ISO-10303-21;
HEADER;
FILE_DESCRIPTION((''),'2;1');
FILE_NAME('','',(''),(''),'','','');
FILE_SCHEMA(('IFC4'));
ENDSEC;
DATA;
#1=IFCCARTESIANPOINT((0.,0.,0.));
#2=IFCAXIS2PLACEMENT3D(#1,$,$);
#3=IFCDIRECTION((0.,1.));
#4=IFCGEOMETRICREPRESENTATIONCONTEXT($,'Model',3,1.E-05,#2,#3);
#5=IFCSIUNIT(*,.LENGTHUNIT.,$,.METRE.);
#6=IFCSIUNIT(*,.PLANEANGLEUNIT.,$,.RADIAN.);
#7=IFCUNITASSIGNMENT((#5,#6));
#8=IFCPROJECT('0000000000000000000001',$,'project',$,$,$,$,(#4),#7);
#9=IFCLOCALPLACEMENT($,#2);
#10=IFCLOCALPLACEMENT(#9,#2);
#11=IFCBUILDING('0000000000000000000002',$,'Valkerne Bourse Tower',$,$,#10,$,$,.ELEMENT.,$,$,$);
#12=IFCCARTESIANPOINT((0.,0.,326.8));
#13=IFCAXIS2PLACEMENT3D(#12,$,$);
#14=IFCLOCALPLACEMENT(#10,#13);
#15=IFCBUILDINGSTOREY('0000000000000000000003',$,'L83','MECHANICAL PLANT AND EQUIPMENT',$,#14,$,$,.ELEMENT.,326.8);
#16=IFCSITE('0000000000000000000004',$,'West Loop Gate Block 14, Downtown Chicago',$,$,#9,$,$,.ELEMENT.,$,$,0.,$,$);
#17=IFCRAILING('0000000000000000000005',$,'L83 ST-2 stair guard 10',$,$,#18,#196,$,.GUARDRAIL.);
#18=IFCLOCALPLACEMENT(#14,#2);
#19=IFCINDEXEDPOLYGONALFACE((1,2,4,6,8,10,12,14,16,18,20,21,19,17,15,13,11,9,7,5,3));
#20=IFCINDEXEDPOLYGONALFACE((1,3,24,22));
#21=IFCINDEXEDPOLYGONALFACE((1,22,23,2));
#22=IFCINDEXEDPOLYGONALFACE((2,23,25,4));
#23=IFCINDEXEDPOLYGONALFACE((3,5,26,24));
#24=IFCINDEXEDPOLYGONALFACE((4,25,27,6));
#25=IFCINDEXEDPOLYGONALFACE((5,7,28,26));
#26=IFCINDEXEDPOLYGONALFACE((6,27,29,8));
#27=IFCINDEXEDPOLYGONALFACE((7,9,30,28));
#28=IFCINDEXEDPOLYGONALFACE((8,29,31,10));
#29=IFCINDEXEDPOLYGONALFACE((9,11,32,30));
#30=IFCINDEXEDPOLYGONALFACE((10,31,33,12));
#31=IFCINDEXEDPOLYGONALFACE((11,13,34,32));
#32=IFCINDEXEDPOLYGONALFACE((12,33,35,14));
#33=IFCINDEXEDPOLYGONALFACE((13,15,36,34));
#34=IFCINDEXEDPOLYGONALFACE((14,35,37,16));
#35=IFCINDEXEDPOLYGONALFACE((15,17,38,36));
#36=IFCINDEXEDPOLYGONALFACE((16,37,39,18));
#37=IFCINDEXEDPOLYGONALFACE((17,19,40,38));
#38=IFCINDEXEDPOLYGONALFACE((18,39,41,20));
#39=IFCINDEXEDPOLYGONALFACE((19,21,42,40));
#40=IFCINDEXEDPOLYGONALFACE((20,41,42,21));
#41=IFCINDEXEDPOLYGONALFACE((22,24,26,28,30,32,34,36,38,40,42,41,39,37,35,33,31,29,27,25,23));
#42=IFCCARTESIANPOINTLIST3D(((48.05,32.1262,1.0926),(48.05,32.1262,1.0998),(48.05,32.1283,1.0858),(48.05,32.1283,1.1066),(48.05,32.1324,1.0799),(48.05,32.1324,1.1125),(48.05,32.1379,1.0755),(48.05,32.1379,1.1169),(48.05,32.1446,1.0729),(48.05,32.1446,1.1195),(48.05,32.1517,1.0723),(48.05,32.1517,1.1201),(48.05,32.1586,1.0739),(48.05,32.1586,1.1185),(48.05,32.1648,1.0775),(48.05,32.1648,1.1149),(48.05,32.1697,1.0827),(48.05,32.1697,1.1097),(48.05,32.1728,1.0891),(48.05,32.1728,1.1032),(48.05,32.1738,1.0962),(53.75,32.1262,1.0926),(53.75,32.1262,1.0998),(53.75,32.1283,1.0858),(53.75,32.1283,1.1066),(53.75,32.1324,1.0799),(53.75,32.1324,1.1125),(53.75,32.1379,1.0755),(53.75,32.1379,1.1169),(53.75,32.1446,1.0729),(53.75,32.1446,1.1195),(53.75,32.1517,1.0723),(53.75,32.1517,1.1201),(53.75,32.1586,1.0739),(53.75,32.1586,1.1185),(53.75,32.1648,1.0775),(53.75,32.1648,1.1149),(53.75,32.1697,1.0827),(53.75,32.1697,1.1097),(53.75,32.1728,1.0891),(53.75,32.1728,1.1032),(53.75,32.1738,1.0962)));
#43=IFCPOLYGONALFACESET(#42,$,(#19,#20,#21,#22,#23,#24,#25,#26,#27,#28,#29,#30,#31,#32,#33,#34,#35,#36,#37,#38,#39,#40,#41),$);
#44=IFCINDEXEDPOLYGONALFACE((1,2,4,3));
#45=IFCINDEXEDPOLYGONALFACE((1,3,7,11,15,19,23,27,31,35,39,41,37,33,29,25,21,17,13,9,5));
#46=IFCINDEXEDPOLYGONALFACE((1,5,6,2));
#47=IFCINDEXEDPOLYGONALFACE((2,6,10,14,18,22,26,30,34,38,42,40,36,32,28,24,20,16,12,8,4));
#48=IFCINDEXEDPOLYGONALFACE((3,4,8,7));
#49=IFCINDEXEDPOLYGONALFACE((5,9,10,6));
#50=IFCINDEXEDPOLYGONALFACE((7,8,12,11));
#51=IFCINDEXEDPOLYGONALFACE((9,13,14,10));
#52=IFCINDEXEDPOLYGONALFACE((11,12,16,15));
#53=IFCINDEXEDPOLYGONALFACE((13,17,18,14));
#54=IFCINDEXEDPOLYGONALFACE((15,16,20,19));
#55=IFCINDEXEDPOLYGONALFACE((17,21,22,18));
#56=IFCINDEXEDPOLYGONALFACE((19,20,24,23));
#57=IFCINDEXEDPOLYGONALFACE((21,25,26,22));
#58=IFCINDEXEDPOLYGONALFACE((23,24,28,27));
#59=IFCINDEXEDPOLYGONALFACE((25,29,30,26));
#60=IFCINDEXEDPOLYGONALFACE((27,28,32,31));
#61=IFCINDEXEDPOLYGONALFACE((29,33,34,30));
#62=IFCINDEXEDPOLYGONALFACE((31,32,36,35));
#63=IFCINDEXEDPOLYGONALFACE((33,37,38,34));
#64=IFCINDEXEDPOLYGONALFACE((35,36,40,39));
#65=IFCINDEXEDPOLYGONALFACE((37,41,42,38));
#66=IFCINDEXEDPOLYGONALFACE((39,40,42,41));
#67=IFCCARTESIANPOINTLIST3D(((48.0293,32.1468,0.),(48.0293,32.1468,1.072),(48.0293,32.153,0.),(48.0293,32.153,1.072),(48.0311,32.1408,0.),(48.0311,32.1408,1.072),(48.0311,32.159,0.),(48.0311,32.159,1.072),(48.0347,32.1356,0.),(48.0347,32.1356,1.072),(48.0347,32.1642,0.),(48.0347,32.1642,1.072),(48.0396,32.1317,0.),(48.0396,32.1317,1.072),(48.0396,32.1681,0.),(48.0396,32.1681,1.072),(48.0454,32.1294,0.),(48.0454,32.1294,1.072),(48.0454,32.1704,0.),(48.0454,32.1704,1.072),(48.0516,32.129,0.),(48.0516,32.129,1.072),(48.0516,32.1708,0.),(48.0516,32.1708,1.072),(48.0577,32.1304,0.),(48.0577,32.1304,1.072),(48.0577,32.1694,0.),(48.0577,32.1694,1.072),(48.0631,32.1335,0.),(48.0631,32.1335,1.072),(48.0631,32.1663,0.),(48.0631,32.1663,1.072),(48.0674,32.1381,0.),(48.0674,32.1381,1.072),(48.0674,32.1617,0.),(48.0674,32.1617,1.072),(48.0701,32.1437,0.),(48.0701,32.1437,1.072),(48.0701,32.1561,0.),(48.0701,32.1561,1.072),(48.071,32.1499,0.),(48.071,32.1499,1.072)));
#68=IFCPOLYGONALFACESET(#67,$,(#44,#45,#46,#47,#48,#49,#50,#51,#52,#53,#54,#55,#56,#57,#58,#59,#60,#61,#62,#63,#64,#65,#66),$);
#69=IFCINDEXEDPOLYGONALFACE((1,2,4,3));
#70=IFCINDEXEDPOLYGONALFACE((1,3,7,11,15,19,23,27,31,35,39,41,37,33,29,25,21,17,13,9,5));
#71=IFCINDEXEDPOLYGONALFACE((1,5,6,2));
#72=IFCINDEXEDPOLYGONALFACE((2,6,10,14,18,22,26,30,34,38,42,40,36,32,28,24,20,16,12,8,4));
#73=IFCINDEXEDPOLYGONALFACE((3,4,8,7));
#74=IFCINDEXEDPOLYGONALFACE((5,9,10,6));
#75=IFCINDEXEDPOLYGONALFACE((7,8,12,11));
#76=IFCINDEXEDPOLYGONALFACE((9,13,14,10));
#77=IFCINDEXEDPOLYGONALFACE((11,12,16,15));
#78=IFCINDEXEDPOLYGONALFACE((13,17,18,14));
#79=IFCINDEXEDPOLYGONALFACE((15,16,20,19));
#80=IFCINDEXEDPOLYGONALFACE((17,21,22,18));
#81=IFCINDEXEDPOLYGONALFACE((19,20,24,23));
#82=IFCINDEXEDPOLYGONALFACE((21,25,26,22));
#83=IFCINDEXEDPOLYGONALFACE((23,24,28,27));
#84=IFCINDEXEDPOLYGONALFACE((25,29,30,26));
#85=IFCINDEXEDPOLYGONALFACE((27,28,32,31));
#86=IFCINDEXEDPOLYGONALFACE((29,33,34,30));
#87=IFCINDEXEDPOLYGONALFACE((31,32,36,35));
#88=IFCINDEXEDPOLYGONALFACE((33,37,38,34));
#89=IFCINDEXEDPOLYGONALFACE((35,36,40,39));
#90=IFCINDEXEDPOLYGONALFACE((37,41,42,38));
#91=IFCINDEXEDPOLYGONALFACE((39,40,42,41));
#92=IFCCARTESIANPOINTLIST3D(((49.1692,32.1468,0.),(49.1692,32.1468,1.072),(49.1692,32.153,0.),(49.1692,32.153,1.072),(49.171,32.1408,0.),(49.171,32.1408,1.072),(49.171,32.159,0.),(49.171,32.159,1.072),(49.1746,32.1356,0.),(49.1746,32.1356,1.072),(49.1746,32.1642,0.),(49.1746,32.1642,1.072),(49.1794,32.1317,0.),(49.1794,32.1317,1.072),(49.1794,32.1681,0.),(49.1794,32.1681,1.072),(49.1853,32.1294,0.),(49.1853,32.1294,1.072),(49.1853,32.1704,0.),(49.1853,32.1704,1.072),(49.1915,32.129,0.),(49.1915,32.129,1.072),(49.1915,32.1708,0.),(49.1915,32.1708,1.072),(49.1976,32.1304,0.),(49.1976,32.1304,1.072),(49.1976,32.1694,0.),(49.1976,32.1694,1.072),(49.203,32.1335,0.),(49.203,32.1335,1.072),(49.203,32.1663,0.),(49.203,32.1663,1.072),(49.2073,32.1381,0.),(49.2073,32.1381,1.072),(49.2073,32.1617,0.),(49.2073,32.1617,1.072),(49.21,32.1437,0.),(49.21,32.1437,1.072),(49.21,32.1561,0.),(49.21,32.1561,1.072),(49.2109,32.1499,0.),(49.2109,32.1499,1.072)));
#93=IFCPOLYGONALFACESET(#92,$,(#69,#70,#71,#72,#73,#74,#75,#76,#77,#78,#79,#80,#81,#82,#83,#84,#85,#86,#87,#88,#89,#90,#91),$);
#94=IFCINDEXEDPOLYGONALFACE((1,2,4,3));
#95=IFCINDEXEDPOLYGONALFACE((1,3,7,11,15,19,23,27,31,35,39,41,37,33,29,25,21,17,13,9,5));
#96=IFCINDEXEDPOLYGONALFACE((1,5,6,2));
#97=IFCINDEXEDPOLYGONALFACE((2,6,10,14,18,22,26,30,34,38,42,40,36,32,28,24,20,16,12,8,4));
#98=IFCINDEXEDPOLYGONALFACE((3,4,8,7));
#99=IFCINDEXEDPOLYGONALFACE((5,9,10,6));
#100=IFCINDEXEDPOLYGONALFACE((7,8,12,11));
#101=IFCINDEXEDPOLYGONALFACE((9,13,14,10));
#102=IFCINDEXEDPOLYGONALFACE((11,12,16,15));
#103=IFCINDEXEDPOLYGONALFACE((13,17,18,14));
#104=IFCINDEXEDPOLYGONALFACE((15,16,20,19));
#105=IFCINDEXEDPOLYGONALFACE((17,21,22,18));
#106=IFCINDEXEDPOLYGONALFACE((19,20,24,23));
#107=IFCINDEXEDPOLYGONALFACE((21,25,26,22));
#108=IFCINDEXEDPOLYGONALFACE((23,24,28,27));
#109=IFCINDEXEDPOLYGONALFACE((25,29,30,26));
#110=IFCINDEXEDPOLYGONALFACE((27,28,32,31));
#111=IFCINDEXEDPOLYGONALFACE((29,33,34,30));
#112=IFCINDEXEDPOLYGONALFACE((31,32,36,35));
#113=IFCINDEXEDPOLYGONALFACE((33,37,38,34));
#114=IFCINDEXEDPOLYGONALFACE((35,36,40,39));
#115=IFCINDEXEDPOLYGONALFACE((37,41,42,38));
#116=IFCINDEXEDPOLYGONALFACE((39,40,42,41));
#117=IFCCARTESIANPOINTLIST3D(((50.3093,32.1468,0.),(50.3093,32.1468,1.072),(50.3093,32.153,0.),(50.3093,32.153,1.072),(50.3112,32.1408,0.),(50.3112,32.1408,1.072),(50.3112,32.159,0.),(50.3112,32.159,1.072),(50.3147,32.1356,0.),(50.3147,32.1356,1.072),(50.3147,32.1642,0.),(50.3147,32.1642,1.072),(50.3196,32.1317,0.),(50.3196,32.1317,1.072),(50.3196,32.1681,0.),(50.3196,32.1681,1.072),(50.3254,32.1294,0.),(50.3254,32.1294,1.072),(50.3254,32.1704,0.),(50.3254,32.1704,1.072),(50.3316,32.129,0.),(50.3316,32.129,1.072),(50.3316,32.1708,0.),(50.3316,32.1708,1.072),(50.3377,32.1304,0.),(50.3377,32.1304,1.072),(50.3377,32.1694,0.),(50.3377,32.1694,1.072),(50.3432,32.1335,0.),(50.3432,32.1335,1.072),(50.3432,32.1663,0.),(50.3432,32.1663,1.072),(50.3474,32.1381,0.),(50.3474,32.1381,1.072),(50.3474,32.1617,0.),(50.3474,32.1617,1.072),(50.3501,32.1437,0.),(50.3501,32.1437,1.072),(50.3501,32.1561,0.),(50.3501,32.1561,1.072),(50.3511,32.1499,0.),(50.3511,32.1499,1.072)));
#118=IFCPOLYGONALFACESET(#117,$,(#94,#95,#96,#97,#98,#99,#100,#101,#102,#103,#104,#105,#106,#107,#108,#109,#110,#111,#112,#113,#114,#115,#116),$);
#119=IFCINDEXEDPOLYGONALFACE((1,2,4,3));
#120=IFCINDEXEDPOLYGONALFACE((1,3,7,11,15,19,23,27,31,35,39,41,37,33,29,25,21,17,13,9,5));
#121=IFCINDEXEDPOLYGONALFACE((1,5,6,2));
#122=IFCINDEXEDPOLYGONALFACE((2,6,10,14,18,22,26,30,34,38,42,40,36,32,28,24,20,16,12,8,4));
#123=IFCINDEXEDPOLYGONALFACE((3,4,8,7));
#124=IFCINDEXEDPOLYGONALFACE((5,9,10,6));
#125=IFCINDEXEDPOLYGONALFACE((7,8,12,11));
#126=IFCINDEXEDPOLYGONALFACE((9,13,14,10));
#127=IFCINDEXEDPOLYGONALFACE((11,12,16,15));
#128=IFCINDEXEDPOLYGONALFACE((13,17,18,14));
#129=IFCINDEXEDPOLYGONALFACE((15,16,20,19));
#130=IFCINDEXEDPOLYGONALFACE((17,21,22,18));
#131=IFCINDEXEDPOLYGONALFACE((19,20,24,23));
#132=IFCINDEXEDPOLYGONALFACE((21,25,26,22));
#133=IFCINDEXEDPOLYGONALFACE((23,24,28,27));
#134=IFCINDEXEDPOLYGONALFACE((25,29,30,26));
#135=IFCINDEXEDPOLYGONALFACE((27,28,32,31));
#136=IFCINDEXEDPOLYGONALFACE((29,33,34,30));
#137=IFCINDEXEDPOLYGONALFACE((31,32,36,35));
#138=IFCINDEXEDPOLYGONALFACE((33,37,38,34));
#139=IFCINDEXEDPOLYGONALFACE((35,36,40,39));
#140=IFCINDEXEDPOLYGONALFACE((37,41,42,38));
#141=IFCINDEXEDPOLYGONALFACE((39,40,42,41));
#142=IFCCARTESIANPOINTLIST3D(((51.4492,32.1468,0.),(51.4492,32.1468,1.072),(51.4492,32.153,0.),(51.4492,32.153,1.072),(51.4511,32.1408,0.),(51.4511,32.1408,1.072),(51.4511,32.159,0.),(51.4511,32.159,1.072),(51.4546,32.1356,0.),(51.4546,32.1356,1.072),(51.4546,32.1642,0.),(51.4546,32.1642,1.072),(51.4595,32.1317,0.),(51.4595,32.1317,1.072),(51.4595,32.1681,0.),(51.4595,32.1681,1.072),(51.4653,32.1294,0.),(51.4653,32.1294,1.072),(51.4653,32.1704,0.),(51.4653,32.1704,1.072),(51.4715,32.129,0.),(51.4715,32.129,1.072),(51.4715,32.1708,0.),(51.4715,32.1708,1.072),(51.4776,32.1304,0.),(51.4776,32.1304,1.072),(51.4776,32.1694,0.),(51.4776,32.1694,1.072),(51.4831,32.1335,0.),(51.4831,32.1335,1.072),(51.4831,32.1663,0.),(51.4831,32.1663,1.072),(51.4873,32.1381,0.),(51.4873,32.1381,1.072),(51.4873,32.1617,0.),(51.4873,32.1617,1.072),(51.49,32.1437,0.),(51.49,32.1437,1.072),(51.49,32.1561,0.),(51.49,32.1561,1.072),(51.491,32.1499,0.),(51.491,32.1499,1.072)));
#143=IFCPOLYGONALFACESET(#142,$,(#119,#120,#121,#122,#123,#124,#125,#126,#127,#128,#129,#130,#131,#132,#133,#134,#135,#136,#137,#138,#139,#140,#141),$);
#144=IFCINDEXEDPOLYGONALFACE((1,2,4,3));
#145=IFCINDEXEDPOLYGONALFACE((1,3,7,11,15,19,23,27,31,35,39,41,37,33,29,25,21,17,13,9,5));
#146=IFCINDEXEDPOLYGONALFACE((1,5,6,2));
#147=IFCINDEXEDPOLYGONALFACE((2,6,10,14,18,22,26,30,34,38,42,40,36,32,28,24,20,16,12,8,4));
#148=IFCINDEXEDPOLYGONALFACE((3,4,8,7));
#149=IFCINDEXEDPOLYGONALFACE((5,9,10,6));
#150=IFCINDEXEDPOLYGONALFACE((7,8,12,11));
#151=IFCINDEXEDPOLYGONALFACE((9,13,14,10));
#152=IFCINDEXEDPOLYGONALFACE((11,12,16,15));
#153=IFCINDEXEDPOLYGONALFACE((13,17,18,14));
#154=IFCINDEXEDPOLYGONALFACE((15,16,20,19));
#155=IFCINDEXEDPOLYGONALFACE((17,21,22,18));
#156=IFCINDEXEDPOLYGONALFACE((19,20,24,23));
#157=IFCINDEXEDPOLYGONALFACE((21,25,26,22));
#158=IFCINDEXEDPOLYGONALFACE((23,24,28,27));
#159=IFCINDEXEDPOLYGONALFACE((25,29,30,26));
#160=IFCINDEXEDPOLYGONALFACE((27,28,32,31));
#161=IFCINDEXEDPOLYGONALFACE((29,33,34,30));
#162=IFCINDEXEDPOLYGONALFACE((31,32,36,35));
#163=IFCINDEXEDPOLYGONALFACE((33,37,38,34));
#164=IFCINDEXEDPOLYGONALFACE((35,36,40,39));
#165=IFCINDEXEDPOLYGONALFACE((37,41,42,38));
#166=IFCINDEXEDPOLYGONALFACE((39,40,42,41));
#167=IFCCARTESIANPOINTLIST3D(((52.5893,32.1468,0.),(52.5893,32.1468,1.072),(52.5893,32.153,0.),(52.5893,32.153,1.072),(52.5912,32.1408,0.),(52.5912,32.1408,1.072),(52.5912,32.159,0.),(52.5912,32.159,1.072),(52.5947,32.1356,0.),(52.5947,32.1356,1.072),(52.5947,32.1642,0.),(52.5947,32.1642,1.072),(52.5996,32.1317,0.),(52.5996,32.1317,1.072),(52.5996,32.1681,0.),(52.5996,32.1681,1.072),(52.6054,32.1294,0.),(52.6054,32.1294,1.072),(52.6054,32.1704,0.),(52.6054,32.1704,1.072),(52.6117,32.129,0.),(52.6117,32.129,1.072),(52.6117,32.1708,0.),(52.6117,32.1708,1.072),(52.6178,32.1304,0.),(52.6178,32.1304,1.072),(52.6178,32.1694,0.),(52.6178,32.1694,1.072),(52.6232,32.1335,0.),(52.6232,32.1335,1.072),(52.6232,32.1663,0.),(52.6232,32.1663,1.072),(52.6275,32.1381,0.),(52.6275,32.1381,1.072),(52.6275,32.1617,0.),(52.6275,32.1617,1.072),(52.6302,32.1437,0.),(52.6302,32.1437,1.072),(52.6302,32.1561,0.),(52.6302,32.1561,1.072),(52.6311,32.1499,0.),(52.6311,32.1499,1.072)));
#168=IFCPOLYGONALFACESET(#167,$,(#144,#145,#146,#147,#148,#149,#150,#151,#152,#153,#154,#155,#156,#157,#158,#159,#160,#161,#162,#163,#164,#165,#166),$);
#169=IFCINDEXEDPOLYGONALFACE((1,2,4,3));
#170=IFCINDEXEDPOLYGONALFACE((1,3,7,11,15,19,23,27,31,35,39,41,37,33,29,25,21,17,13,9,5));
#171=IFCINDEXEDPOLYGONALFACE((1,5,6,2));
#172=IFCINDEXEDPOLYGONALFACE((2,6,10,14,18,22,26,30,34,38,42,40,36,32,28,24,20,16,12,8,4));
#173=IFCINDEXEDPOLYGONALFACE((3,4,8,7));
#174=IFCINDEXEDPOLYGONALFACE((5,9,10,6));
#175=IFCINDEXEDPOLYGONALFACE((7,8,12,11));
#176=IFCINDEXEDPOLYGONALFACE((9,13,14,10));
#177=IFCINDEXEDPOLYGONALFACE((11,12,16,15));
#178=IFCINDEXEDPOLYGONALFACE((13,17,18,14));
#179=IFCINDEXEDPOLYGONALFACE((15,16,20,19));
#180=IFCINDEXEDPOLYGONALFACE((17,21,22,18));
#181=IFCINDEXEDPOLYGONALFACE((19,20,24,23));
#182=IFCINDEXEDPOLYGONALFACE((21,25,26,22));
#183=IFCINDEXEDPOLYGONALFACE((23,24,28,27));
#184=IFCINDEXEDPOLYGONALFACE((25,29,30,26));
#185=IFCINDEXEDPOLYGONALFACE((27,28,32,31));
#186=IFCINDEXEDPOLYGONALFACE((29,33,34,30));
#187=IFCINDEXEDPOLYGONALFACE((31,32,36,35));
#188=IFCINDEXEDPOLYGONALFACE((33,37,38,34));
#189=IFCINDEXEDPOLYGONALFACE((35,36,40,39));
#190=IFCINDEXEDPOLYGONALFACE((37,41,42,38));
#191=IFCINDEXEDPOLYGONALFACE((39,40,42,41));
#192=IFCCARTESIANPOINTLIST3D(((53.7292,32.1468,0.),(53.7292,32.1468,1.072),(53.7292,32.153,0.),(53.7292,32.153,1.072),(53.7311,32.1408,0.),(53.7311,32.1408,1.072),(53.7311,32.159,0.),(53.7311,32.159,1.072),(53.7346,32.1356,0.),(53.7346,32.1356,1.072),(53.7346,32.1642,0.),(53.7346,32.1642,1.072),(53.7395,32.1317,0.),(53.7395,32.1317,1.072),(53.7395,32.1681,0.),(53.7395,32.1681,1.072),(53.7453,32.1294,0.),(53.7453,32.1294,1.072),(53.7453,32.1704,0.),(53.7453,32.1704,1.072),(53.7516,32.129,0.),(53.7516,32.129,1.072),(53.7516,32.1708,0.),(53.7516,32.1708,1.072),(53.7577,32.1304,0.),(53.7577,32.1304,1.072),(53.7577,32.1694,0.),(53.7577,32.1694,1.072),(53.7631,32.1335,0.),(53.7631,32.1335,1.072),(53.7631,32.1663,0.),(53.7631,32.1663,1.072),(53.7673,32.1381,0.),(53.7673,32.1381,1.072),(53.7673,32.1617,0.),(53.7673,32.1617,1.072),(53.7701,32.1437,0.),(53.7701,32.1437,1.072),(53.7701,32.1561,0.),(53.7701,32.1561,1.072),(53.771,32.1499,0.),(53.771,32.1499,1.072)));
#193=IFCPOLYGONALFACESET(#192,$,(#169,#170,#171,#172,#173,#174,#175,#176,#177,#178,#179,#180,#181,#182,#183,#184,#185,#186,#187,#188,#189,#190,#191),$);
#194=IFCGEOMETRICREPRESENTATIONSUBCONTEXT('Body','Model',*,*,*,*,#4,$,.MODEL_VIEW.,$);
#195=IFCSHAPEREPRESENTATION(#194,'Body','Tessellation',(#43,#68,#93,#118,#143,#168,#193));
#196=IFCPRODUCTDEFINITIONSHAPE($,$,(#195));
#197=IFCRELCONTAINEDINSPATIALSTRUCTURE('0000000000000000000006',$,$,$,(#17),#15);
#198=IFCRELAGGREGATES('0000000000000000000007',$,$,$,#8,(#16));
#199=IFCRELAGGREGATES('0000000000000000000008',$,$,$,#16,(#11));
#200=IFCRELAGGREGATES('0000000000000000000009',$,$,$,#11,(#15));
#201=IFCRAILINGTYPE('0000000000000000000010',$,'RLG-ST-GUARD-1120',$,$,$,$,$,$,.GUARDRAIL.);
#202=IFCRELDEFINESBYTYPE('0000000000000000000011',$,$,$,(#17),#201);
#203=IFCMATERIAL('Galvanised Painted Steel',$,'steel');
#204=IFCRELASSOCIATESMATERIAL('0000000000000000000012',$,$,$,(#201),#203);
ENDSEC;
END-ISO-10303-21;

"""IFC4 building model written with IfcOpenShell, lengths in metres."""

from ifc_helpers import new_model, si_unit, direction, frame, origin, origin_2d, place, context, subcontext, project, spatial, circle, extrude, material, type_object, element, save


model = new_model("IFC4")

# Units and contexts
model_context = context("Model", 3, precision=1e-05, world=origin(), true_north=direction((0.0, 1.0)))
body_context = subcontext(model_context, "Body", "Model", "MODEL_VIEW")
ifc_project = project(units=[si_unit("LENGTHUNIT", "METRE"), si_unit("PLANEANGLEUNIT", "RADIAN")], contexts=[model_context])

# Site, building, storey
site_placement = place(None, origin())
site = spatial("IfcSite", under=ifc_project, at=site_placement, Name="West Loop Gate Block 14, Downtown Chicago", CompositionType="ELEMENT", RefElevation=0.0)
building_placement = place(site_placement, origin())
building = spatial("IfcBuilding", under=site, at=building_placement, Name="Valkerne Bourse Tower", CompositionType="ELEMENT")
storey_placement = place(building_placement, frame((0.0, 0.0, 326.8)))
storey = spatial("IfcBuildingStorey", under=building, at=storey_placement, Name="L83", Description="MECHANICAL PLANT AND EQUIPMENT", CompositionType="ELEMENT", Elevation=326.8)

# Shared definitions
ifc_material_1 = material(Name="Galvanised Painted Steel", Category="steel")

# Railing
railing_type = type_object("IfcRailingType", Name="RLG-ST-GUARD-1120", PredefinedType="GUARDRAIL", material=ifc_material_1)
for number, where, name in (
    (1, (48.05, 32.1499, 0.0), "L83 ST-2 stair guard 10"),
):
    element("IfcRailing", number, at=place(storey_placement, frame(where)), inside=storey, type_object=railing_type, Name=name, PredefinedType="GUARDRAIL", context=body_context, shape_type="SweptSolid", body=[
        extrude(circle(Radius=0.0239, at=origin_2d()), frame((0.0, 0.0, 1.0962), z_axis=(1.0, 0.0, 0.0), x_axis=(0.0, 1.0, 0.0)), (0.0, 0.0, 1.0), 5.7),
        extrude(circle(Radius=0.021, at=origin_2d()), origin(), (0.0, 0.0, 1.0), 1.072),
        extrude(circle(Radius=0.021, at=origin_2d()), frame((1.1399, 0.0, 0.0)), (0.0, 0.0, 1.0), 1.072),
        extrude(circle(Radius=0.021, at=origin_2d()), frame((2.28, 0.0, 0.0)), (0.0, 0.0, 1.0), 1.072),
        extrude(circle(Radius=0.021, at=origin_2d()), frame((3.4199, 0.0, 0.0)), (0.0, 0.0, 1.0), 1.072),
        extrude(circle(Radius=0.021, at=origin_2d()), frame((4.5601, 0.0, 0.0)), (0.0, 0.0, 1.0), 1.072),
        extrude(circle(Radius=0.021, at=origin_2d()), frame((5.7, 0.0, 0.0)), (0.0, 0.0, 1.0), 1.072),
    ])

save(model, "model.ifc")
